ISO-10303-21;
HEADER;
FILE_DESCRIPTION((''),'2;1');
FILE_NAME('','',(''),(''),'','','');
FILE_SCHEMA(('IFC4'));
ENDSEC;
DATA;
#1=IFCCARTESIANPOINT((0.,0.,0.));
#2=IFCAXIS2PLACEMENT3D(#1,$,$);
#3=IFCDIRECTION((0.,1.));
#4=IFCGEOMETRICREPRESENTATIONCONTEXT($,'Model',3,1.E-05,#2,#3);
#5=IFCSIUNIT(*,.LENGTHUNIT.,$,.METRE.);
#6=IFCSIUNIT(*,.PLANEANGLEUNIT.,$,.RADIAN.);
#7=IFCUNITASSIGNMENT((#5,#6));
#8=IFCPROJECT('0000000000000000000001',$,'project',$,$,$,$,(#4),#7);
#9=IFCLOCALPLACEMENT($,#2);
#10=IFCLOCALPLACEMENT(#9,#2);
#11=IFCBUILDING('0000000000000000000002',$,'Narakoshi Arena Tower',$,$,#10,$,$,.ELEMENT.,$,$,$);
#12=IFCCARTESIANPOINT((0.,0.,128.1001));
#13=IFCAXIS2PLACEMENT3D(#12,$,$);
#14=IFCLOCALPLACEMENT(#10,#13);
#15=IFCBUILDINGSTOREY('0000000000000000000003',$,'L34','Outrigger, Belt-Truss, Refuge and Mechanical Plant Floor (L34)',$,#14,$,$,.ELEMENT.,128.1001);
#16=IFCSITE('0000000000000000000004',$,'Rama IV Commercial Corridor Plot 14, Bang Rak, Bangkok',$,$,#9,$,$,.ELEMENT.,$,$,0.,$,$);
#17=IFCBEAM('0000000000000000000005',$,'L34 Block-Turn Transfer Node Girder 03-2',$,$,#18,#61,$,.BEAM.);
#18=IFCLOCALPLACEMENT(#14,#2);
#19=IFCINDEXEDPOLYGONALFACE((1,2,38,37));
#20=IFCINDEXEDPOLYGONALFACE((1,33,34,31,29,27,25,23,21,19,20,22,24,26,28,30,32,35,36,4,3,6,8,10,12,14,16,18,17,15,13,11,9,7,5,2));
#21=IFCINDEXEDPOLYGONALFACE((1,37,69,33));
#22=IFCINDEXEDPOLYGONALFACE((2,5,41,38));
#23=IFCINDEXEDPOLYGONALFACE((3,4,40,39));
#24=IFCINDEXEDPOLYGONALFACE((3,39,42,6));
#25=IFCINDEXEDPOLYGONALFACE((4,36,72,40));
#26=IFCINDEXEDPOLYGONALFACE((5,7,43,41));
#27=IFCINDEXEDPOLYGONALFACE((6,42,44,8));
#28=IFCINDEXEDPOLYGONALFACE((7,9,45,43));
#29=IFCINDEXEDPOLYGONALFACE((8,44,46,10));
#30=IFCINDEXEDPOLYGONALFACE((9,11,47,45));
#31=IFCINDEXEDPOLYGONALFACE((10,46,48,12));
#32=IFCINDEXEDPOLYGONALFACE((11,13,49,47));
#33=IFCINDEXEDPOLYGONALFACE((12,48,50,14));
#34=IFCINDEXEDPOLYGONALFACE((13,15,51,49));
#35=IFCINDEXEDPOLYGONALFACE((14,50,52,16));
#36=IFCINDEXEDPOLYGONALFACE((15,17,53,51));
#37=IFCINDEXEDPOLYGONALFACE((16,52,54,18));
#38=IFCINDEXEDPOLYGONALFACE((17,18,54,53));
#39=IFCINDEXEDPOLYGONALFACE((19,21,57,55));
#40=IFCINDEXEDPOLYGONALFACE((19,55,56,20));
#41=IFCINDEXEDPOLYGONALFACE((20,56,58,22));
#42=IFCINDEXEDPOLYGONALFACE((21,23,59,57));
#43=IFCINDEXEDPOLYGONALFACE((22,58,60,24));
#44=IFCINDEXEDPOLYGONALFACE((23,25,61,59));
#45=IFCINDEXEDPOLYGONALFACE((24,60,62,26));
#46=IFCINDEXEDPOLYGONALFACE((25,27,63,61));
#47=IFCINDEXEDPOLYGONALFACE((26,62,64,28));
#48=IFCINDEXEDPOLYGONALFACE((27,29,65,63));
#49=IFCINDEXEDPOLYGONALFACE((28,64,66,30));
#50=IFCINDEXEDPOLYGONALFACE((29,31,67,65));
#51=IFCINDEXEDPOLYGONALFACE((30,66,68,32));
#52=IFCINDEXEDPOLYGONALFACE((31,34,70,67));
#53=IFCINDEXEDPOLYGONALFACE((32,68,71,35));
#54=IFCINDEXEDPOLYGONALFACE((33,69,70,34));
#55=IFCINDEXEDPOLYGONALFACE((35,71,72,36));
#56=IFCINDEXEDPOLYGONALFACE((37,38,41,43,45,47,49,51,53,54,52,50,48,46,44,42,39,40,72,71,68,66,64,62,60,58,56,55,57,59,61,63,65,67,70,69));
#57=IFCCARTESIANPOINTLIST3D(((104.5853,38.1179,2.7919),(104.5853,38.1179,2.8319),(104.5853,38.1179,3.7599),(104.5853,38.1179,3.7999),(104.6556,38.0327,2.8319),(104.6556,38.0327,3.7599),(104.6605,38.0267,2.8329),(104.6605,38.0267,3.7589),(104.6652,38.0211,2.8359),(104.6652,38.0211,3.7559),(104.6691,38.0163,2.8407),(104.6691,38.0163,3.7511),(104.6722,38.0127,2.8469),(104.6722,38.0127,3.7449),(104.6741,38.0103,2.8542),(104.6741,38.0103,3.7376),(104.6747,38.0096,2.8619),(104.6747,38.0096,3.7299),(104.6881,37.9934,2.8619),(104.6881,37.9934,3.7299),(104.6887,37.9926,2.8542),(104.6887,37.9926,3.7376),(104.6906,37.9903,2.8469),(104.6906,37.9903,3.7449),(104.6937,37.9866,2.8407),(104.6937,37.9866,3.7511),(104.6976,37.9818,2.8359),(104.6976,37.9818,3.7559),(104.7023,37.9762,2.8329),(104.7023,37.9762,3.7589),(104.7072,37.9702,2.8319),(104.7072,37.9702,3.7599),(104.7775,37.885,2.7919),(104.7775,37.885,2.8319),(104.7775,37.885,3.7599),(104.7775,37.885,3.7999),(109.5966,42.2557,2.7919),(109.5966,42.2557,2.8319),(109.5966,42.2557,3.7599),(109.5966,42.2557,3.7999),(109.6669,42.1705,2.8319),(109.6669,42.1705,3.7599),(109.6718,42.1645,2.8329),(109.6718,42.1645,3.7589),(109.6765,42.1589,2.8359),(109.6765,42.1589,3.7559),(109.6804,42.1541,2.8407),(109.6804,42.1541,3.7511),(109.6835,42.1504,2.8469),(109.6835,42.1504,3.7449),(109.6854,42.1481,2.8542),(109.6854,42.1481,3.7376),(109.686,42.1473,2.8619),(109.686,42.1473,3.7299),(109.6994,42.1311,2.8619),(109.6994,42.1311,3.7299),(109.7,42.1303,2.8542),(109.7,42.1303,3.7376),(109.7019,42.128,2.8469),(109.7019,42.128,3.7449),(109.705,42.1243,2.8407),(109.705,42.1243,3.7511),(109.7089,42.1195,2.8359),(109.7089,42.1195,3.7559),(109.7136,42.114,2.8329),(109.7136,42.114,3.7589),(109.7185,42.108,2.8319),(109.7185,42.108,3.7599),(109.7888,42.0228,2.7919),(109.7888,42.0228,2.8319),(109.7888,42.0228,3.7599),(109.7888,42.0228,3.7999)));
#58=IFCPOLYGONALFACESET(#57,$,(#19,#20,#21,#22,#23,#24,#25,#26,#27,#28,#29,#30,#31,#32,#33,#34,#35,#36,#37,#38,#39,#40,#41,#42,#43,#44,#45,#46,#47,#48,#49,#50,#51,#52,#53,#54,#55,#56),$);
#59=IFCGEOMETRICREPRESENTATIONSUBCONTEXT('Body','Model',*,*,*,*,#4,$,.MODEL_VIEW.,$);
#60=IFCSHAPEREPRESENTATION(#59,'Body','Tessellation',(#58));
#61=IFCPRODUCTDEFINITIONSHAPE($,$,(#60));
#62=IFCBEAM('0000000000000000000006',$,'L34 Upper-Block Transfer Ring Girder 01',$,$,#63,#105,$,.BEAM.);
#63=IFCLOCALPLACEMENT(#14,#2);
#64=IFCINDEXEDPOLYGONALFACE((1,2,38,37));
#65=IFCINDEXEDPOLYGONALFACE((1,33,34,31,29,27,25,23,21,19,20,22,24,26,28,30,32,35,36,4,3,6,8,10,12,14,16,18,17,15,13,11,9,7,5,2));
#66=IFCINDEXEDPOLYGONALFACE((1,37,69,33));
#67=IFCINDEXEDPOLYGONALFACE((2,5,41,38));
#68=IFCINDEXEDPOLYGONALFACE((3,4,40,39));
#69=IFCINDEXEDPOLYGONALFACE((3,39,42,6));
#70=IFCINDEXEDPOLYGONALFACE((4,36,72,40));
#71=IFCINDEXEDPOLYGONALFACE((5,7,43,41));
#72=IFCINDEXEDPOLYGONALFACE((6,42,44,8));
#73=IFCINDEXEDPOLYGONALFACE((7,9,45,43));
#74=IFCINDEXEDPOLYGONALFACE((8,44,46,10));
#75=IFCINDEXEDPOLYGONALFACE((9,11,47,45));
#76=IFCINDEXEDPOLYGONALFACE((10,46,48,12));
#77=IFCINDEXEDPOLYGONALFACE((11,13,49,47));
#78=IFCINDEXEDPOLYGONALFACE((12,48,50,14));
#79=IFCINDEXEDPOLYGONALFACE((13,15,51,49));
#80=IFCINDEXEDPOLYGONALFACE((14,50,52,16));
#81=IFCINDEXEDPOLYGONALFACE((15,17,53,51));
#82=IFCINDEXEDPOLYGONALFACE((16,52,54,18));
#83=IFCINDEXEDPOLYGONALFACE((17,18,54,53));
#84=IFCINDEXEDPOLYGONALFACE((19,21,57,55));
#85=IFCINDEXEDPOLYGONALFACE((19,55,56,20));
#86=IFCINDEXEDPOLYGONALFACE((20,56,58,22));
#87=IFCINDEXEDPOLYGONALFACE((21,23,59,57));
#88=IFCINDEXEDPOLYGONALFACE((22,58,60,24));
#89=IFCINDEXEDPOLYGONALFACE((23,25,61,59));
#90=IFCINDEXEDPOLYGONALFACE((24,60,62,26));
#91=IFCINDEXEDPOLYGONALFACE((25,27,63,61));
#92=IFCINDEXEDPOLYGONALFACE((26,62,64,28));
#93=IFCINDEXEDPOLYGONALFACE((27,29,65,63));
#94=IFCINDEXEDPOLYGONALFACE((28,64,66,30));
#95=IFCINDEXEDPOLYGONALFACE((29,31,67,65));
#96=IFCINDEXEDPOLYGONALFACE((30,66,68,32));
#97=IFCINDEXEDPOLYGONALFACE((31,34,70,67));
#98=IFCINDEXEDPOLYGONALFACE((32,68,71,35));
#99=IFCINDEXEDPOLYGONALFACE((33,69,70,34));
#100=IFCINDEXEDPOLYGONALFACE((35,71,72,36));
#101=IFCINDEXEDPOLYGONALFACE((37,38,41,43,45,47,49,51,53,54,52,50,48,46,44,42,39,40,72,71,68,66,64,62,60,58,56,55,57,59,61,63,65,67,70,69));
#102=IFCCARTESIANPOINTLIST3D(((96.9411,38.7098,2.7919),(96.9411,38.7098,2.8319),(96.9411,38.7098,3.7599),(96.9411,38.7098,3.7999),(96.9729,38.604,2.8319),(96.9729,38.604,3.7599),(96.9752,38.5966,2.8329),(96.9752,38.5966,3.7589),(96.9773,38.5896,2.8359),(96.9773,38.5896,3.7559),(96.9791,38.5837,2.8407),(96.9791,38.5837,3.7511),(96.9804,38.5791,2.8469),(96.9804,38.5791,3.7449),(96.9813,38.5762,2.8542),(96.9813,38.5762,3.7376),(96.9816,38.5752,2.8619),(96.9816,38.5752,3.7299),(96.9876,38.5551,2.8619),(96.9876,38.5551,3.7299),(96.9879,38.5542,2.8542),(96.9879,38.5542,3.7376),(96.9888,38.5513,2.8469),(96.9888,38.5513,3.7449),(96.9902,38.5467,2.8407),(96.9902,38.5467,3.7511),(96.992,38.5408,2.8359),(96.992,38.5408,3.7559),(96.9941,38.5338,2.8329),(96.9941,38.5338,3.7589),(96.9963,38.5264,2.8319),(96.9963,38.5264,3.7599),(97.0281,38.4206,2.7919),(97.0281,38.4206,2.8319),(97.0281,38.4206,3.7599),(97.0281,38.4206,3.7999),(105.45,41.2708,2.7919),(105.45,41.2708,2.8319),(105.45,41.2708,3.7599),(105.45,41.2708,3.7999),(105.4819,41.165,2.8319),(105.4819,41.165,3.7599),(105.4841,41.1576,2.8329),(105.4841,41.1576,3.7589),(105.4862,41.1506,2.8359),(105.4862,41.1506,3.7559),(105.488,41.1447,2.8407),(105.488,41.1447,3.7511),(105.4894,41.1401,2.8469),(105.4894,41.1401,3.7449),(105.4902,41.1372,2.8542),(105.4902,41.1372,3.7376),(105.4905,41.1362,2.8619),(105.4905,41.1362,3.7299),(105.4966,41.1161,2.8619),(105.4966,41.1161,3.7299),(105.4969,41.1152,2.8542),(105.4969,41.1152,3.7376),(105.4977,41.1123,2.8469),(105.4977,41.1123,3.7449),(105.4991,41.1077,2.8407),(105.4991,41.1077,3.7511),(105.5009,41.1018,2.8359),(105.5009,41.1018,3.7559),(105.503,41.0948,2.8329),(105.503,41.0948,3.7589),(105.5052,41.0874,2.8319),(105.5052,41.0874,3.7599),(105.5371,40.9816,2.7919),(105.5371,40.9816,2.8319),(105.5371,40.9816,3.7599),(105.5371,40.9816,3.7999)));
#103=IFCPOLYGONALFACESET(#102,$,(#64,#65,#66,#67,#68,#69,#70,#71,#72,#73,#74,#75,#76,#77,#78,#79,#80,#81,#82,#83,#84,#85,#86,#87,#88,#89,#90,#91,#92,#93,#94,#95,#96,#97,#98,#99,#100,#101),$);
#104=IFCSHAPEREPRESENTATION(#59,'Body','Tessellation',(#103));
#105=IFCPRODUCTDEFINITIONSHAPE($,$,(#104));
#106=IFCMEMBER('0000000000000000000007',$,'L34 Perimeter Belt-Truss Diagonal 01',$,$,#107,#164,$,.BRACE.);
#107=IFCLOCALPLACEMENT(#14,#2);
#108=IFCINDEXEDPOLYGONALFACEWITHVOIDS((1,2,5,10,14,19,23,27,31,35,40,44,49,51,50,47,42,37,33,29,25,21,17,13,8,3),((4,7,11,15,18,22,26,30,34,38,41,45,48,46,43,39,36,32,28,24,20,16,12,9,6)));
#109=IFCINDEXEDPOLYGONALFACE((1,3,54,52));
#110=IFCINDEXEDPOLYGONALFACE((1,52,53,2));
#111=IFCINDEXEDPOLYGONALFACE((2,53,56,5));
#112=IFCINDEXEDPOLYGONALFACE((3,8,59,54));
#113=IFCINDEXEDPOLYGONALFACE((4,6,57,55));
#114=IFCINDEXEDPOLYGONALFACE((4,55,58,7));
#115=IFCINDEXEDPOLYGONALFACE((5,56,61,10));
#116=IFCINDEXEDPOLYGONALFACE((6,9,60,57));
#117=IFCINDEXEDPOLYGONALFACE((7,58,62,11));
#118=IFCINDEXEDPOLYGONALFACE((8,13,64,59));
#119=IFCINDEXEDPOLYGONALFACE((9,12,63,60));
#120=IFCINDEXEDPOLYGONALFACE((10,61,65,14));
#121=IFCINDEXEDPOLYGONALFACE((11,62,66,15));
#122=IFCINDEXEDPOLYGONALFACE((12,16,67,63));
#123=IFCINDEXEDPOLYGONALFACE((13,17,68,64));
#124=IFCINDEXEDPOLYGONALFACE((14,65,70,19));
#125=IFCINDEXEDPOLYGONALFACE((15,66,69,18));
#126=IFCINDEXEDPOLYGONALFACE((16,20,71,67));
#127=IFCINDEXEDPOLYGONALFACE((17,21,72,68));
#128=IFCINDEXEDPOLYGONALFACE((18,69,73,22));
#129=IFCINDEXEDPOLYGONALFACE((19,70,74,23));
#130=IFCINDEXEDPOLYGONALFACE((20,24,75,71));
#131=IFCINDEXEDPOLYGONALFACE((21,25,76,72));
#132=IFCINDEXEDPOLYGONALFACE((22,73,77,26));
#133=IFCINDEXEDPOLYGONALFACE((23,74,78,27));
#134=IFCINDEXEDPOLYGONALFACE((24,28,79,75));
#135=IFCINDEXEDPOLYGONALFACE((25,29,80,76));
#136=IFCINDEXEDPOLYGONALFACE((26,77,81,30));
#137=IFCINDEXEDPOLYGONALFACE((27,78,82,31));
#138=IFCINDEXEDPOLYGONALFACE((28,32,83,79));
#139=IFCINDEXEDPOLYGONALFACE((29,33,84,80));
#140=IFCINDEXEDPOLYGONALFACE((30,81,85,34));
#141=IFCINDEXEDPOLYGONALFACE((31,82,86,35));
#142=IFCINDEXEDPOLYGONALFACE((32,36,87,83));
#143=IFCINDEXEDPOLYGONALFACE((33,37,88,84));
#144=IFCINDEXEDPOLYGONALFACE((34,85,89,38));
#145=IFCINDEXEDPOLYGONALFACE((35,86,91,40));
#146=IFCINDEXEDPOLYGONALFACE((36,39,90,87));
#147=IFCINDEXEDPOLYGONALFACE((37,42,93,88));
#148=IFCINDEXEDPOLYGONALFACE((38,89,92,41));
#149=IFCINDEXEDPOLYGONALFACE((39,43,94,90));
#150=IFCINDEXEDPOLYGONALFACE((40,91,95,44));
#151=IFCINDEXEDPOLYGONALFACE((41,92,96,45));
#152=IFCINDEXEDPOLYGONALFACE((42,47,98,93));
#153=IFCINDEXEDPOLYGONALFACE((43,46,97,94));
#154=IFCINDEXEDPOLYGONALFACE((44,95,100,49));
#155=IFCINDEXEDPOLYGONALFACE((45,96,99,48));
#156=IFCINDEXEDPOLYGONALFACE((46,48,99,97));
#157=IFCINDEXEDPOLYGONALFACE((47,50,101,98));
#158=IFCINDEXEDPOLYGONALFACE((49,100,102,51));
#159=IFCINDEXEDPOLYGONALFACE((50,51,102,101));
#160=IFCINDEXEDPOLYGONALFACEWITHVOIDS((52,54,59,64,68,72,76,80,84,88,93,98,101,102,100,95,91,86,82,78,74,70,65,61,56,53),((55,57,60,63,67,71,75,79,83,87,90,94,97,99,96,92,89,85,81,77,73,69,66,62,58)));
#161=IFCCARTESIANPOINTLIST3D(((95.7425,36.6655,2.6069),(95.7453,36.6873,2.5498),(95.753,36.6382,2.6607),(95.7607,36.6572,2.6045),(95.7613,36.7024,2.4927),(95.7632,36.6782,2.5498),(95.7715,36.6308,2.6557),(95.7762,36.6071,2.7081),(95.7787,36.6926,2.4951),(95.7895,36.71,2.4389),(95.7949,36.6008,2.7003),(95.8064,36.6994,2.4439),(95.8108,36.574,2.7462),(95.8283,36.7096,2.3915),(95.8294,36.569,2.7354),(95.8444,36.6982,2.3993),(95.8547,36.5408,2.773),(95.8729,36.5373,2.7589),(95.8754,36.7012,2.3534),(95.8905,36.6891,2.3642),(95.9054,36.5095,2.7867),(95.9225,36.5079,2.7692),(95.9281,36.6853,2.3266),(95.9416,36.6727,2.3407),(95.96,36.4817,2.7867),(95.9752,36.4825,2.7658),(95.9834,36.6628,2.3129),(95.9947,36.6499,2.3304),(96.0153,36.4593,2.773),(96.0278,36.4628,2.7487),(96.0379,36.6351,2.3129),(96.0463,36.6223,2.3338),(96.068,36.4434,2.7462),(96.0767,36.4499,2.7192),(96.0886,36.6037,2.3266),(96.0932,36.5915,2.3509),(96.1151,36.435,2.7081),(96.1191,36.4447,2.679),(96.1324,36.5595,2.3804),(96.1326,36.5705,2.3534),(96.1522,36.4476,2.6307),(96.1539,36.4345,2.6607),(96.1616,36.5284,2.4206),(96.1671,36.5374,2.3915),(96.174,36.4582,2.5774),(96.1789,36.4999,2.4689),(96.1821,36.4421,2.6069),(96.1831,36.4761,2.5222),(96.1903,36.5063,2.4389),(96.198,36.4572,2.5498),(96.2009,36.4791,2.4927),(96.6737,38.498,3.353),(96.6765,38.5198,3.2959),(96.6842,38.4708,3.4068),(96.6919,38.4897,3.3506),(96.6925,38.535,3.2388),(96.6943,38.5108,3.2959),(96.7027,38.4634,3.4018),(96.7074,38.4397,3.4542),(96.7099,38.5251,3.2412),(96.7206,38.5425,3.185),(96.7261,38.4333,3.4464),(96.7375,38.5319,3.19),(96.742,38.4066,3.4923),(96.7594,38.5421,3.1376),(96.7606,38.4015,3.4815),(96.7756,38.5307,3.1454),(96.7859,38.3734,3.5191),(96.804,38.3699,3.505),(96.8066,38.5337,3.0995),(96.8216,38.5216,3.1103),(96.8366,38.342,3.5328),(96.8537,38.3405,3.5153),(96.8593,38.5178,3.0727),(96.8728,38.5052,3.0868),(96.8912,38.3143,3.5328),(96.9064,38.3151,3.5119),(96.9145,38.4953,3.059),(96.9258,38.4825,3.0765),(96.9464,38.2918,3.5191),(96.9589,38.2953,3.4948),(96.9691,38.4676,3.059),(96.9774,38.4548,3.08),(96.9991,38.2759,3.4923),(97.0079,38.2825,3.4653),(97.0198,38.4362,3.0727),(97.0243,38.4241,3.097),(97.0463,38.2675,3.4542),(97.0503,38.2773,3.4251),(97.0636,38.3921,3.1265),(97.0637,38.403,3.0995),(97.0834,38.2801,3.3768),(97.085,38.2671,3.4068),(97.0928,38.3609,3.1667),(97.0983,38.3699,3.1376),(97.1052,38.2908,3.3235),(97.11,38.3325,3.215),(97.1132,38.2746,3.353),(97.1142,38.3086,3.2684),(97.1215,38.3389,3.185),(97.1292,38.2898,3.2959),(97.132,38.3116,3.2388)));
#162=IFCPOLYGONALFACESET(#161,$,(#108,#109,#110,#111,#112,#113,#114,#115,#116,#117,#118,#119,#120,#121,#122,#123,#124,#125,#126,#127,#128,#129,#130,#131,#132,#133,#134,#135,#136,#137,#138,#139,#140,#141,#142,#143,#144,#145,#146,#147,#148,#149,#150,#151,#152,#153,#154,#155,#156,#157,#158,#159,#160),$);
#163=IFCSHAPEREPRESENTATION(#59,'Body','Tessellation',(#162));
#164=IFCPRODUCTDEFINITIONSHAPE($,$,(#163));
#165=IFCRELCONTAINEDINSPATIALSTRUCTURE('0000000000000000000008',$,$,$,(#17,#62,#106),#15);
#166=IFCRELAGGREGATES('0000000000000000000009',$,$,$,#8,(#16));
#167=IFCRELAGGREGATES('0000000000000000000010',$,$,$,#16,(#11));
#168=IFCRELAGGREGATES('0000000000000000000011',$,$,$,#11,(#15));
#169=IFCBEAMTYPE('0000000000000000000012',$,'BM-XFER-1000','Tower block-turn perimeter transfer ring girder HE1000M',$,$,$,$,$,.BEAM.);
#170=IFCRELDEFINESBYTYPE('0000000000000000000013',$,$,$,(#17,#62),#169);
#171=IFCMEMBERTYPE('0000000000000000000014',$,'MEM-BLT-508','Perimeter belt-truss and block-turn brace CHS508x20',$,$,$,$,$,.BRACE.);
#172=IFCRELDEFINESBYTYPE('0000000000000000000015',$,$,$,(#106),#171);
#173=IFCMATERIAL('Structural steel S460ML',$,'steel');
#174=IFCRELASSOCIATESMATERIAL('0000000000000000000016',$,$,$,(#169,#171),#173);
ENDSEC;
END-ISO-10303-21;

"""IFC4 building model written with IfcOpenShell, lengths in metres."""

from ifc_helpers import new_model, si_unit, direction, frame, origin, origin_2d, place, context, subcontext, project, spatial, hollow_circle, i_section, extrude, material, material_profile, profile_set, type_object, element, save


model = new_model("IFC4")

# Units and contexts
model_context = context("Model", 3, precision=1e-05, world=origin(), true_north=direction((0.0, 1.0)))
body_context = subcontext(model_context, "Body", "Model", "MODEL_VIEW")
ifc_project = project(units=[si_unit("LENGTHUNIT", "METRE"), si_unit("PLANEANGLEUNIT", "RADIAN")], contexts=[model_context])

# Site, building, storey
site_placement = place(None, origin())
site = spatial("IfcSite", under=ifc_project, at=site_placement, Name="Rama IV Commercial Corridor Plot 14, Bang Rak, Bangkok", CompositionType="ELEMENT", RefElevation=0.0)
building_placement = place(site_placement, origin())
building = spatial("IfcBuilding", under=site, at=building_placement, Name="Narakoshi Arena Tower", CompositionType="ELEMENT")
storey_placement = place(building_placement, frame((0.0, 0.0, 128.1001)))
storey = spatial("IfcBuildingStorey", under=building, at=storey_placement, Name="L34", Description="Outrigger, Belt-Truss, Refuge and Mechanical Plant Floor (L34)", CompositionType="ELEMENT", Elevation=128.1001)

# Shared definitions
ifc_material_1 = material(Name="Structural steel S460ML", Category="steel")

# Beams
ifc_material_profile_1 = material_profile(ifc_material_1, i_section(OverallWidth=0.302, OverallDepth=1.0081, WebThickness=0.021, FlangeThickness=0.04, FilletRadius=0.03, at=origin_2d()), Name="HE1000M")
ifc_profile_set_1 = profile_set([ifc_material_profile_1], Name="Structural steel S460ML")
beam_type_1 = type_object("IfcBeamType", Name="BM-XFER-1000", Description="Tower block-turn perimeter transfer ring girder HE1000M", PredefinedType="BEAM", material=ifc_profile_set_1)
beam_1_placement = place(storey_placement, frame((104.6814, 38.0015, 3.2959), z_axis=(0.771114, 0.636697, 0.0), x_axis=(-0.636697, 0.771114, 0.0)))
element("IfcBeam", 1, at=beam_1_placement, inside=storey, type_object=beam_type_1, Name="L34 Block-Turn Transfer Node Girder 03-2", PredefinedType="BEAM", context=body_context, shape_type="SweptSolid", body=[
    extrude(i_section(OverallWidth=0.302, OverallDepth=1.0081, WebThickness=0.021, FlangeThickness=0.04, FilletRadius=0.03, at=origin_2d()), origin(), (0.0, 0.0, 1.0), 6.4988),
])
beam_2_placement = place(storey_placement, frame((96.9846, 38.5652, 3.2959), z_axis=(0.957568, 0.288207, 0.0), x_axis=(-0.288207, 0.957568, 0.0)))
element("IfcBeam", 2, at=beam_2_placement, inside=storey, type_object=beam_type_1, Name="L34 Upper-Block Transfer Ring Girder 01", PredefinedType="BEAM", context=body_context, shape_type="SweptSolid", body=[
    extrude(i_section(OverallWidth=0.302, OverallDepth=1.0081, WebThickness=0.021, FlangeThickness=0.04, FilletRadius=0.03, at=origin_2d()), origin(), (0.0, 0.0, 1.0), 8.886),
])

# Member
ifc_material_profile_2 = material_profile(ifc_material_1, hollow_circle(Radius=0.2539, WallThickness=0.02, at=origin_2d()), Name="CHS508x20")
ifc_profile_set_2 = profile_set([ifc_material_profile_2], Name="Structural steel S460ML")
member_type_1 = type_object("IfcMemberType", Name="MEM-BLT-508", Description="Perimeter belt-truss and block-turn brace CHS508x20", PredefinedType="BRACE", material=ifc_profile_set_2)
member_1_placement = place(storey_placement, frame((95.9717, 36.5723, 2.5498), z_axis=(0.425818, 0.838015, 0.34119), x_axis=(-0.89151, 0.453, 0.0)))
element("IfcMember", 3, at=member_1_placement, inside=storey, type_object=member_type_1, Name="L34 Perimeter Belt-Truss Diagonal 01", PredefinedType="BRACE", context=body_context, shape_type="SweptSolid", body=[
    extrude(hollow_circle(Radius=0.2539, WallThickness=0.02, at=origin_2d()), origin(), (0.0, 0.0, 1.0), 2.1868),
])

save(model, "model.ifc")
